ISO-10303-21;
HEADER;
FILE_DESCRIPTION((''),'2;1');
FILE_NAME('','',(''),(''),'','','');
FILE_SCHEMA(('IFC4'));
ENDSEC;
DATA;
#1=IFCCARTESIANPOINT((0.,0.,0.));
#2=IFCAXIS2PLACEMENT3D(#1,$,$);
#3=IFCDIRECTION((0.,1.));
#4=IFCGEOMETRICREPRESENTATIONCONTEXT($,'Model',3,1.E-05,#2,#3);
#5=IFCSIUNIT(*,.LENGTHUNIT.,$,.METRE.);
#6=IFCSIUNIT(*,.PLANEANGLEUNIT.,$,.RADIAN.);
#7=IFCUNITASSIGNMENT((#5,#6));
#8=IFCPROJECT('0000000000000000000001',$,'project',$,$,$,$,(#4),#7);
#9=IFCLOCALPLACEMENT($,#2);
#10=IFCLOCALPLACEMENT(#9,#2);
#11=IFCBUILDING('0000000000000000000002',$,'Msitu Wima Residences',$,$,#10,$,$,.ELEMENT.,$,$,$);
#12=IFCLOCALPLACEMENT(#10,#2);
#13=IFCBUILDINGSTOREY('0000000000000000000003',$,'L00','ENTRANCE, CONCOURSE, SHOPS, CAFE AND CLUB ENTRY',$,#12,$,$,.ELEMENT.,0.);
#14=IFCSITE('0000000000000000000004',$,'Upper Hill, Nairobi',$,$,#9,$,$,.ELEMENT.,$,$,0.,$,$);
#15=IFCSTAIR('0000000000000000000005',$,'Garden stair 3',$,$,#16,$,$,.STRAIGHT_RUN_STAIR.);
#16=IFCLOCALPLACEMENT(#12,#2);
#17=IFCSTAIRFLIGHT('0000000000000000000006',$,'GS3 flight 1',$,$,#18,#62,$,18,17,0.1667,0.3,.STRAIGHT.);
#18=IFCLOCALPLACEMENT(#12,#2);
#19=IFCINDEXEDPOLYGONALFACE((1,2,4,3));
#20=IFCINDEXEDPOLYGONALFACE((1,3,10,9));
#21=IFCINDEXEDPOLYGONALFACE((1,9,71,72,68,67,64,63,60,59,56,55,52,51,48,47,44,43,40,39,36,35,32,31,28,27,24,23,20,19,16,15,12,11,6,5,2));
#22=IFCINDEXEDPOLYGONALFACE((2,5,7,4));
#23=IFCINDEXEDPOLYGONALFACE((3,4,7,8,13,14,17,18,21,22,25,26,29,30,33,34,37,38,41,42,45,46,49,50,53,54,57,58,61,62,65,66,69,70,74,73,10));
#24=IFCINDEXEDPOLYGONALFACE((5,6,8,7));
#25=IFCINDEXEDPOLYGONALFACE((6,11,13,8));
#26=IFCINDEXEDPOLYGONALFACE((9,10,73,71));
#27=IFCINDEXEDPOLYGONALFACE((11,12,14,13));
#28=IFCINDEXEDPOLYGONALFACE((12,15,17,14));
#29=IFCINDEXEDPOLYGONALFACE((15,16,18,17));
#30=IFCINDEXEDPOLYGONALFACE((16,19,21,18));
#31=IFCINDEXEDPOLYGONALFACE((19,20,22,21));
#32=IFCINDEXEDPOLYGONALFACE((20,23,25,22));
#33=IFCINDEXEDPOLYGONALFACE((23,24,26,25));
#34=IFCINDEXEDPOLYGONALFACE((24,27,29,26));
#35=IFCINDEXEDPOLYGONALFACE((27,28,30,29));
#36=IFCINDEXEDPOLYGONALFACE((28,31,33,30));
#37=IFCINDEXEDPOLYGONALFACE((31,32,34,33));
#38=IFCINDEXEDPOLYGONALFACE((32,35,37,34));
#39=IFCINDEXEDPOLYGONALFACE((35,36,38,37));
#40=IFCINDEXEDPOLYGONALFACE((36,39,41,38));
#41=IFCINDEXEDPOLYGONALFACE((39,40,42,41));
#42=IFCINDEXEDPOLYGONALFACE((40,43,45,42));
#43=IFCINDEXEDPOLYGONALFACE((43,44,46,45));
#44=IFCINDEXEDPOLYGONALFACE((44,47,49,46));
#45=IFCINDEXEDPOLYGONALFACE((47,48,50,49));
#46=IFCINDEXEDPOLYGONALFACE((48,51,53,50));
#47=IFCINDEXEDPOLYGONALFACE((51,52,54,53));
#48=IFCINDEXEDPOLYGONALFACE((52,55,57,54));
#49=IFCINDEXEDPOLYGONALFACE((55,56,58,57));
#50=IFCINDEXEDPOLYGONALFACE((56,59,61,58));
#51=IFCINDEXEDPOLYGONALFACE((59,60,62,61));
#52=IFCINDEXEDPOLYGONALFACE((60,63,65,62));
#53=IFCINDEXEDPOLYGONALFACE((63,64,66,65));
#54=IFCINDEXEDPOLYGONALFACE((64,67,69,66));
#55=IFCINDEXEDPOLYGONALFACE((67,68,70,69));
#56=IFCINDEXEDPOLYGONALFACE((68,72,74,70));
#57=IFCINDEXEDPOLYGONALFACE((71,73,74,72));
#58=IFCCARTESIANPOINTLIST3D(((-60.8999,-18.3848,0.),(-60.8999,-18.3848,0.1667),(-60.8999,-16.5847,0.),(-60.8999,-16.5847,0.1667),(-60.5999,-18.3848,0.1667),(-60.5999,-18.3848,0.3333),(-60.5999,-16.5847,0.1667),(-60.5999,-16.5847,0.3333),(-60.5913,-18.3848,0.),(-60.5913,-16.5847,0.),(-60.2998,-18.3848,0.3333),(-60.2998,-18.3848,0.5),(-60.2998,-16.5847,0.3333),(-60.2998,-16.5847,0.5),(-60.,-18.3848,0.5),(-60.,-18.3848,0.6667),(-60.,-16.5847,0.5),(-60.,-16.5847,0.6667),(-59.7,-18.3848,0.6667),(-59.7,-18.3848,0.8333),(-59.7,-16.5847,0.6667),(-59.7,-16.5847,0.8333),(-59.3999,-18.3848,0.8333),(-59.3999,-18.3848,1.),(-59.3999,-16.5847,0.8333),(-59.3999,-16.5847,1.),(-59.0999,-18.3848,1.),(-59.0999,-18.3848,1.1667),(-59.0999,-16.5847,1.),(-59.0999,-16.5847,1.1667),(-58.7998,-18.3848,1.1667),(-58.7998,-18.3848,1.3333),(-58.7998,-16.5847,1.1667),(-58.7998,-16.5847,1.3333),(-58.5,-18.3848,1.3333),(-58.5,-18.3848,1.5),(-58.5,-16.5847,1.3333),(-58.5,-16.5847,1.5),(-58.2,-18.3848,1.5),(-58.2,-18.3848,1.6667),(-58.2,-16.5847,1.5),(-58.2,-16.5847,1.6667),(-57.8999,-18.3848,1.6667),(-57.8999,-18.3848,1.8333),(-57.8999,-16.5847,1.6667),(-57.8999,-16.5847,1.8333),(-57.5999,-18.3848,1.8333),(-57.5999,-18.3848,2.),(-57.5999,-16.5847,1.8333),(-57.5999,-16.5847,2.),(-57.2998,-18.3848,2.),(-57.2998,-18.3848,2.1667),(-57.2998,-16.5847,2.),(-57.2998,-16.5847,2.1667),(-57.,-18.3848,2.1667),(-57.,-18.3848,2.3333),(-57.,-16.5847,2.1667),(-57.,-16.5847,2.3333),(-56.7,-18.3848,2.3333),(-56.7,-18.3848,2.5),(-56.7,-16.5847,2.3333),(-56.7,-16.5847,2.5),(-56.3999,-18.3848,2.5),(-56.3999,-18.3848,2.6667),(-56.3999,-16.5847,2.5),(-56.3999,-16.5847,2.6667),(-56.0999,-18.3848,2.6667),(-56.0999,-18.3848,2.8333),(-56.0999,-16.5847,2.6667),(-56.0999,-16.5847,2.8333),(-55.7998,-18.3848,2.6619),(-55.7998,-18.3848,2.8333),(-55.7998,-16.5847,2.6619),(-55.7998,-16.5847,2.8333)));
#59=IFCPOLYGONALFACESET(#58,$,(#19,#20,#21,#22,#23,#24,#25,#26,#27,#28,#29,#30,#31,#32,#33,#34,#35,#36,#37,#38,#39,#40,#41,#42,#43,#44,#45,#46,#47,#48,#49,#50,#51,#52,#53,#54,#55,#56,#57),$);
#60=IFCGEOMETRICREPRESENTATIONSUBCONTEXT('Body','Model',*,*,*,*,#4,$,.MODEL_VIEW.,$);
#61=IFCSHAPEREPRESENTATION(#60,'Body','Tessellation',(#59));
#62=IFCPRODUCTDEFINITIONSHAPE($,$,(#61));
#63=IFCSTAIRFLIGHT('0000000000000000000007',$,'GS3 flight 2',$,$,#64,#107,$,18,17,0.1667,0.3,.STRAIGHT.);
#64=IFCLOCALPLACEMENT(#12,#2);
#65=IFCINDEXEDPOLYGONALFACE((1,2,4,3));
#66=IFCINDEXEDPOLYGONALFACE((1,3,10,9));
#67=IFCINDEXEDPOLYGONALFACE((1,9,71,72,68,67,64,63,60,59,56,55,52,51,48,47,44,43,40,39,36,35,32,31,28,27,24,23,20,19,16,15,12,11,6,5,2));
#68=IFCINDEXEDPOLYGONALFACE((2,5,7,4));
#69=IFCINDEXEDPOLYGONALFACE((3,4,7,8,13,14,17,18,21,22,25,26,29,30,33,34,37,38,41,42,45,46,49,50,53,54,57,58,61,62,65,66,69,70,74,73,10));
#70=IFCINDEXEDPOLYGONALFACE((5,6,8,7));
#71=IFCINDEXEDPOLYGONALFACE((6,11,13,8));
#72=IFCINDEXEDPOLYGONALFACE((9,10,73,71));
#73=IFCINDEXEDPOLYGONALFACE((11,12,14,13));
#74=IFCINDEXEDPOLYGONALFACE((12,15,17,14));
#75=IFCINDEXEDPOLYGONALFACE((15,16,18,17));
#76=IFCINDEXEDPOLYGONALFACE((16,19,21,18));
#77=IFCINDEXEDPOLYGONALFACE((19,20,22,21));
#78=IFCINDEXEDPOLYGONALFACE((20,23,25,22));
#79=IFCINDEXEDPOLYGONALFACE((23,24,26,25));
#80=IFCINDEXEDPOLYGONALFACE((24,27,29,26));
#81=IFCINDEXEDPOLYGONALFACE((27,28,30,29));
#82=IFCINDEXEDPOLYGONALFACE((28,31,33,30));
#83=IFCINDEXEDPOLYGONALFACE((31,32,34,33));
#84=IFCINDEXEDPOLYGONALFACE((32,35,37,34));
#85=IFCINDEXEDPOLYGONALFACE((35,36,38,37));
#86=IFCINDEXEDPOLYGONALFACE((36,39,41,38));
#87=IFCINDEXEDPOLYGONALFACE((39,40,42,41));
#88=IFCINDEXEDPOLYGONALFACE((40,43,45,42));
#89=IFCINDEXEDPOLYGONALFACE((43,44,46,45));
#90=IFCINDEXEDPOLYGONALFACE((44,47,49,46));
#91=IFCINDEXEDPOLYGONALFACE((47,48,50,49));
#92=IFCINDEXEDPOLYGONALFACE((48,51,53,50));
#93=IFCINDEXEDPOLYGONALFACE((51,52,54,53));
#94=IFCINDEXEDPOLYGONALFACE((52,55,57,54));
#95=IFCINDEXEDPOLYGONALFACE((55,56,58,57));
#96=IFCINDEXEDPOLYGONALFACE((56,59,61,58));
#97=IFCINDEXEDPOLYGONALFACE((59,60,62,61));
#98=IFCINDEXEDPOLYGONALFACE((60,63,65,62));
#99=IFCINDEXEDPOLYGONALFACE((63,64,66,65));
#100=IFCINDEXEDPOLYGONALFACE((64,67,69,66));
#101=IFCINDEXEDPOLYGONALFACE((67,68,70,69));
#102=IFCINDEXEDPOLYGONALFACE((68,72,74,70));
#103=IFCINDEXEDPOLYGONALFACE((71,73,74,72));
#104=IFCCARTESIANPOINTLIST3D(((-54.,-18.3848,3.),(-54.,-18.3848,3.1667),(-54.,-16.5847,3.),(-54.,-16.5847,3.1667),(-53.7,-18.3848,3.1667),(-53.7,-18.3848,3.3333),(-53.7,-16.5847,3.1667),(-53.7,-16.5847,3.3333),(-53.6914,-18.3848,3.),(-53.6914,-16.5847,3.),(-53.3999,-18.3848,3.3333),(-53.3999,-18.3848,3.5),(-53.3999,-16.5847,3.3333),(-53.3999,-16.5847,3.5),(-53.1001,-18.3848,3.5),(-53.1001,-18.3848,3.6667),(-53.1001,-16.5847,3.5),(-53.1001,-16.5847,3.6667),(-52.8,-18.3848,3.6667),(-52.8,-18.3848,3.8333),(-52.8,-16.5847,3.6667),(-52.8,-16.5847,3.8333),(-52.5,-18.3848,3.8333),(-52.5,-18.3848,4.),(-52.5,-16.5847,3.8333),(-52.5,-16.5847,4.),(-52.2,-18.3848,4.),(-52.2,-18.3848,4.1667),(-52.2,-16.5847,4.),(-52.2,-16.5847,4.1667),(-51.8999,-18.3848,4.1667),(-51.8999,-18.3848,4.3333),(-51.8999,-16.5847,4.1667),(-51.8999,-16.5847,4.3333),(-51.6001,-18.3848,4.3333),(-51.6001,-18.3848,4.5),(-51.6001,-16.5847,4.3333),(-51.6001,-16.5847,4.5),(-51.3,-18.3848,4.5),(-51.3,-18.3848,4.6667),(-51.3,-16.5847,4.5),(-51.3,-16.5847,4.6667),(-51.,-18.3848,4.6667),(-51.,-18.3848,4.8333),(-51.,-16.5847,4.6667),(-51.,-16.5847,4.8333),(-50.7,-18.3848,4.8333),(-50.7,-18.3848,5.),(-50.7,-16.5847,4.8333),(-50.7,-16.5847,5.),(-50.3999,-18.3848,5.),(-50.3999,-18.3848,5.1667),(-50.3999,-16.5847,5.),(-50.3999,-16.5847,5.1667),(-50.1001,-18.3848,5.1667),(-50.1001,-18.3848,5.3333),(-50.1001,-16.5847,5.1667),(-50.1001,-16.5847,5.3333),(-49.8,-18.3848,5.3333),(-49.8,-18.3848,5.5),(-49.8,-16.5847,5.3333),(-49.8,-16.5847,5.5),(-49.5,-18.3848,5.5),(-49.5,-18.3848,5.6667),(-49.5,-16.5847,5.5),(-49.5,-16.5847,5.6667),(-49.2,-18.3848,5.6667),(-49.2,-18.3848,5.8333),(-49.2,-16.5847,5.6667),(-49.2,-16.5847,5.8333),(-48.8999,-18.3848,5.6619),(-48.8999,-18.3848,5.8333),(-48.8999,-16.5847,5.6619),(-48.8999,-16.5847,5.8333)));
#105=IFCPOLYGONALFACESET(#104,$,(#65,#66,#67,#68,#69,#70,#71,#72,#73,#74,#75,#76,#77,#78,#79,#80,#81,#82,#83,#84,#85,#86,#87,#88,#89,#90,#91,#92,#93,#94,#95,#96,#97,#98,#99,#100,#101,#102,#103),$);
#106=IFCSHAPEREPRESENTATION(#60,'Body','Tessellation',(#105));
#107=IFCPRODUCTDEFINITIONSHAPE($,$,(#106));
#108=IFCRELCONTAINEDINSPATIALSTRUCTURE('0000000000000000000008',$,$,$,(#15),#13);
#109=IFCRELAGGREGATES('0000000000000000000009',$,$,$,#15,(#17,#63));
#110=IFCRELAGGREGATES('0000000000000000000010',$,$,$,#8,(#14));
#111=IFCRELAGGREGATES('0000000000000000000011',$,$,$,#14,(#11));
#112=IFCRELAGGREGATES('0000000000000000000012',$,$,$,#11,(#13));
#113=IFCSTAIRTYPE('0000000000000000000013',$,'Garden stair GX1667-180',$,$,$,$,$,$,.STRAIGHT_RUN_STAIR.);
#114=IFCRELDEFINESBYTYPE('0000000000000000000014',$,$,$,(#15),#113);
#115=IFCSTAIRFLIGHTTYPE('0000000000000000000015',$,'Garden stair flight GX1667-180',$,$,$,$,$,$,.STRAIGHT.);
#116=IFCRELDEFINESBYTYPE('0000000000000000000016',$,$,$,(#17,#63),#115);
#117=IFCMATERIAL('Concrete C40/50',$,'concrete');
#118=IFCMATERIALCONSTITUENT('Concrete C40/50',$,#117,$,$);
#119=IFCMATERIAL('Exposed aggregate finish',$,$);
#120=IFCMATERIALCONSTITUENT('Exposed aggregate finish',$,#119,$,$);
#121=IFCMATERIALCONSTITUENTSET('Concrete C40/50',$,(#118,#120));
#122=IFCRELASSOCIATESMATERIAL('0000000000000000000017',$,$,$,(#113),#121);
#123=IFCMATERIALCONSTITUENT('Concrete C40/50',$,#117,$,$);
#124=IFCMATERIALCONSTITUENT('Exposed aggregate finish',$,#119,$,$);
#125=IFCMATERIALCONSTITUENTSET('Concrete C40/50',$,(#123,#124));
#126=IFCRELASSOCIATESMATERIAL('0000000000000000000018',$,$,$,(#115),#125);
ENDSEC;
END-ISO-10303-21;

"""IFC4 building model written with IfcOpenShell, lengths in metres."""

from ifc_helpers import new_model, si_unit, direction, frame, origin, place, context, subcontext, project, spatial, polyline, outline, extrude, material, constituent, constituent_set, type_object, element, aggregate, save


model = new_model("IFC4")

# Units and contexts
model_context = context("Model", 3, precision=1e-05, world=origin(), true_north=direction((0.0, 1.0)))
body_context = subcontext(model_context, "Body", "Model", "MODEL_VIEW")
ifc_project = project(units=[si_unit("LENGTHUNIT", "METRE"), si_unit("PLANEANGLEUNIT", "RADIAN")], contexts=[model_context])

# Site, building, storey
site_placement = place(None, origin())
site = spatial("IfcSite", under=ifc_project, at=site_placement, Name="Upper Hill, Nairobi", CompositionType="ELEMENT", RefElevation=0.0)
building_placement = place(site_placement, origin())
building = spatial("IfcBuilding", under=site, at=building_placement, Name="Msitu Wima Residences", CompositionType="ELEMENT")
storey_placement = place(building_placement, origin())
storey = spatial("IfcBuildingStorey", under=building, at=storey_placement, Name="L00", Description="ENTRANCE, CONCOURSE, SHOPS, CAFE AND CLUB ENTRY", CompositionType="ELEMENT", Elevation=0.0)

# Shared definitions
ifc_material_1 = material(Name="Concrete C40/50", Category="concrete")

# Stair, stair flights
ifc_constituent_1 = constituent(ifc_material_1, Name="Concrete C40/50")
ifc_material_2 = material(Name="Exposed aggregate finish")
ifc_constituent_2 = constituent(ifc_material_2, Name="Exposed aggregate finish")
ifc_constituent_set_1 = constituent_set(constituents=[ifc_constituent_1, ifc_constituent_2], Name="Concrete C40/50")
stair_type = type_object("IfcStairType", Name="Garden stair GX1667-180", PredefinedType="STRAIGHT_RUN_STAIR", material=ifc_constituent_set_1)
stair_placement = place(storey_placement, origin())
stair = element("IfcStair", 1, at=stair_placement, inside=storey, type_object=stair_type, Name="Garden stair 3", PredefinedType="STRAIGHT_RUN_STAIR")
ifc_constituent_3 = constituent(ifc_material_1, Name="Concrete C40/50")
ifc_constituent_4 = constituent(ifc_material_2, Name="Exposed aggregate finish")
ifc_constituent_set_2 = constituent_set(constituents=[ifc_constituent_3, ifc_constituent_4], Name="Concrete C40/50")
stair_flight_type = type_object("IfcStairFlightType", Name="Garden stair flight GX1667-180", PredefinedType="STRAIGHT", material=ifc_constituent_set_2)
stair_flight_1_placement = place(storey_placement, frame((-60.8999, -17.4846, 0.0), z_axis=(0.0, 0.0, 1.0), x_axis=(1.0, 0.0, 0.0)))
stair_flight_1 = element("IfcStairFlight", 2, at=stair_flight_1_placement, type_object=stair_flight_type, Name="GS3 flight 1", NumberOfRisers=18, NumberOfTreads=17, PredefinedType="STRAIGHT", RiserHeight=0.1667, TreadLength=0.3, context=body_context, shape_type="SweptSolid", body=[
    extrude(outline(polyline([(0.0, 0.0), (0.0, 0.1667), (0.3, 0.1667), (0.3, 0.3333), (0.6001, 0.3333), (0.6001, 0.5), (0.8999, 0.5), (0.8999, 0.6667), (1.2, 0.6667), (1.2, 0.8333), (1.5, 0.8333), (1.5, 1.0), (1.8, 1.0), (1.8, 1.1667), (2.1001, 1.1667), (2.1001, 1.3333), (2.3999, 1.3333), (2.3999, 1.5), (2.7, 1.5), (2.7, 1.6667), (3.0, 1.6667), (3.0, 1.8333), (3.3, 1.8333), (3.3, 2.0), (3.6001, 2.0), (3.6001, 2.1667), (3.8999, 2.1667), (3.8999, 2.3333), (4.2, 2.3333), (4.2, 2.5), (4.5, 2.5), (4.5, 2.6667), (4.8, 2.6667), (4.8, 2.8333), (5.1001, 2.8333), (5.1001, 3.0), (5.1001, 2.6619), (0.3086, 0.0), (0.0, 0.0)])), frame((0.0, 0.8999, 0.0), z_axis=(0.0, -1.0, 0.0), x_axis=(1.0, 0.0, 0.0)), (0.0, 0.0, 1.0), 1.8),
])
stair_flight_2_placement = place(storey_placement, frame((-54.0, -17.4846, 3.0), z_axis=(0.0, 0.0, 1.0), x_axis=(1.0, 0.0, 0.0)))
stair_flight_2 = element("IfcStairFlight", 3, at=stair_flight_2_placement, type_object=stair_flight_type, Name="GS3 flight 2", NumberOfRisers=18, NumberOfTreads=17, PredefinedType="STRAIGHT", RiserHeight=0.1667, TreadLength=0.3, context=body_context, shape_type="SweptSolid", body=[
    extrude(outline(polyline([(0.0, 0.0), (0.0, 0.1667), (0.3, 0.1667), (0.3, 0.3333), (0.6001, 0.3333), (0.6001, 0.5), (0.8999, 0.5), (0.8999, 0.6667), (1.2, 0.6667), (1.2, 0.8333), (1.5, 0.8333), (1.5, 1.0), (1.8, 1.0), (1.8, 1.1667), (2.1001, 1.1667), (2.1001, 1.3333), (2.3999, 1.3333), (2.3999, 1.5), (2.7, 1.5), (2.7, 1.6667), (3.0, 1.6667), (3.0, 1.8333), (3.3, 1.8333), (3.3, 2.0), (3.6001, 2.0), (3.6001, 2.1667), (3.8999, 2.1667), (3.8999, 2.3333), (4.2, 2.3333), (4.2, 2.5), (4.5, 2.5), (4.5, 2.6667), (4.8, 2.6667), (4.8, 2.8333), (5.1001, 2.8333), (5.1001, 3.0), (5.1001, 2.6619), (0.3086, 0.0), (0.0, 0.0)])), frame((0.0, 0.8999, 0.0), z_axis=(0.0, -1.0, 0.0), x_axis=(1.0, 0.0, 0.0)), (0.0, 0.0, 1.0), 1.8),
])
aggregate(stair, [stair_flight_1, stair_flight_2])

save(model, "model.ifc")
